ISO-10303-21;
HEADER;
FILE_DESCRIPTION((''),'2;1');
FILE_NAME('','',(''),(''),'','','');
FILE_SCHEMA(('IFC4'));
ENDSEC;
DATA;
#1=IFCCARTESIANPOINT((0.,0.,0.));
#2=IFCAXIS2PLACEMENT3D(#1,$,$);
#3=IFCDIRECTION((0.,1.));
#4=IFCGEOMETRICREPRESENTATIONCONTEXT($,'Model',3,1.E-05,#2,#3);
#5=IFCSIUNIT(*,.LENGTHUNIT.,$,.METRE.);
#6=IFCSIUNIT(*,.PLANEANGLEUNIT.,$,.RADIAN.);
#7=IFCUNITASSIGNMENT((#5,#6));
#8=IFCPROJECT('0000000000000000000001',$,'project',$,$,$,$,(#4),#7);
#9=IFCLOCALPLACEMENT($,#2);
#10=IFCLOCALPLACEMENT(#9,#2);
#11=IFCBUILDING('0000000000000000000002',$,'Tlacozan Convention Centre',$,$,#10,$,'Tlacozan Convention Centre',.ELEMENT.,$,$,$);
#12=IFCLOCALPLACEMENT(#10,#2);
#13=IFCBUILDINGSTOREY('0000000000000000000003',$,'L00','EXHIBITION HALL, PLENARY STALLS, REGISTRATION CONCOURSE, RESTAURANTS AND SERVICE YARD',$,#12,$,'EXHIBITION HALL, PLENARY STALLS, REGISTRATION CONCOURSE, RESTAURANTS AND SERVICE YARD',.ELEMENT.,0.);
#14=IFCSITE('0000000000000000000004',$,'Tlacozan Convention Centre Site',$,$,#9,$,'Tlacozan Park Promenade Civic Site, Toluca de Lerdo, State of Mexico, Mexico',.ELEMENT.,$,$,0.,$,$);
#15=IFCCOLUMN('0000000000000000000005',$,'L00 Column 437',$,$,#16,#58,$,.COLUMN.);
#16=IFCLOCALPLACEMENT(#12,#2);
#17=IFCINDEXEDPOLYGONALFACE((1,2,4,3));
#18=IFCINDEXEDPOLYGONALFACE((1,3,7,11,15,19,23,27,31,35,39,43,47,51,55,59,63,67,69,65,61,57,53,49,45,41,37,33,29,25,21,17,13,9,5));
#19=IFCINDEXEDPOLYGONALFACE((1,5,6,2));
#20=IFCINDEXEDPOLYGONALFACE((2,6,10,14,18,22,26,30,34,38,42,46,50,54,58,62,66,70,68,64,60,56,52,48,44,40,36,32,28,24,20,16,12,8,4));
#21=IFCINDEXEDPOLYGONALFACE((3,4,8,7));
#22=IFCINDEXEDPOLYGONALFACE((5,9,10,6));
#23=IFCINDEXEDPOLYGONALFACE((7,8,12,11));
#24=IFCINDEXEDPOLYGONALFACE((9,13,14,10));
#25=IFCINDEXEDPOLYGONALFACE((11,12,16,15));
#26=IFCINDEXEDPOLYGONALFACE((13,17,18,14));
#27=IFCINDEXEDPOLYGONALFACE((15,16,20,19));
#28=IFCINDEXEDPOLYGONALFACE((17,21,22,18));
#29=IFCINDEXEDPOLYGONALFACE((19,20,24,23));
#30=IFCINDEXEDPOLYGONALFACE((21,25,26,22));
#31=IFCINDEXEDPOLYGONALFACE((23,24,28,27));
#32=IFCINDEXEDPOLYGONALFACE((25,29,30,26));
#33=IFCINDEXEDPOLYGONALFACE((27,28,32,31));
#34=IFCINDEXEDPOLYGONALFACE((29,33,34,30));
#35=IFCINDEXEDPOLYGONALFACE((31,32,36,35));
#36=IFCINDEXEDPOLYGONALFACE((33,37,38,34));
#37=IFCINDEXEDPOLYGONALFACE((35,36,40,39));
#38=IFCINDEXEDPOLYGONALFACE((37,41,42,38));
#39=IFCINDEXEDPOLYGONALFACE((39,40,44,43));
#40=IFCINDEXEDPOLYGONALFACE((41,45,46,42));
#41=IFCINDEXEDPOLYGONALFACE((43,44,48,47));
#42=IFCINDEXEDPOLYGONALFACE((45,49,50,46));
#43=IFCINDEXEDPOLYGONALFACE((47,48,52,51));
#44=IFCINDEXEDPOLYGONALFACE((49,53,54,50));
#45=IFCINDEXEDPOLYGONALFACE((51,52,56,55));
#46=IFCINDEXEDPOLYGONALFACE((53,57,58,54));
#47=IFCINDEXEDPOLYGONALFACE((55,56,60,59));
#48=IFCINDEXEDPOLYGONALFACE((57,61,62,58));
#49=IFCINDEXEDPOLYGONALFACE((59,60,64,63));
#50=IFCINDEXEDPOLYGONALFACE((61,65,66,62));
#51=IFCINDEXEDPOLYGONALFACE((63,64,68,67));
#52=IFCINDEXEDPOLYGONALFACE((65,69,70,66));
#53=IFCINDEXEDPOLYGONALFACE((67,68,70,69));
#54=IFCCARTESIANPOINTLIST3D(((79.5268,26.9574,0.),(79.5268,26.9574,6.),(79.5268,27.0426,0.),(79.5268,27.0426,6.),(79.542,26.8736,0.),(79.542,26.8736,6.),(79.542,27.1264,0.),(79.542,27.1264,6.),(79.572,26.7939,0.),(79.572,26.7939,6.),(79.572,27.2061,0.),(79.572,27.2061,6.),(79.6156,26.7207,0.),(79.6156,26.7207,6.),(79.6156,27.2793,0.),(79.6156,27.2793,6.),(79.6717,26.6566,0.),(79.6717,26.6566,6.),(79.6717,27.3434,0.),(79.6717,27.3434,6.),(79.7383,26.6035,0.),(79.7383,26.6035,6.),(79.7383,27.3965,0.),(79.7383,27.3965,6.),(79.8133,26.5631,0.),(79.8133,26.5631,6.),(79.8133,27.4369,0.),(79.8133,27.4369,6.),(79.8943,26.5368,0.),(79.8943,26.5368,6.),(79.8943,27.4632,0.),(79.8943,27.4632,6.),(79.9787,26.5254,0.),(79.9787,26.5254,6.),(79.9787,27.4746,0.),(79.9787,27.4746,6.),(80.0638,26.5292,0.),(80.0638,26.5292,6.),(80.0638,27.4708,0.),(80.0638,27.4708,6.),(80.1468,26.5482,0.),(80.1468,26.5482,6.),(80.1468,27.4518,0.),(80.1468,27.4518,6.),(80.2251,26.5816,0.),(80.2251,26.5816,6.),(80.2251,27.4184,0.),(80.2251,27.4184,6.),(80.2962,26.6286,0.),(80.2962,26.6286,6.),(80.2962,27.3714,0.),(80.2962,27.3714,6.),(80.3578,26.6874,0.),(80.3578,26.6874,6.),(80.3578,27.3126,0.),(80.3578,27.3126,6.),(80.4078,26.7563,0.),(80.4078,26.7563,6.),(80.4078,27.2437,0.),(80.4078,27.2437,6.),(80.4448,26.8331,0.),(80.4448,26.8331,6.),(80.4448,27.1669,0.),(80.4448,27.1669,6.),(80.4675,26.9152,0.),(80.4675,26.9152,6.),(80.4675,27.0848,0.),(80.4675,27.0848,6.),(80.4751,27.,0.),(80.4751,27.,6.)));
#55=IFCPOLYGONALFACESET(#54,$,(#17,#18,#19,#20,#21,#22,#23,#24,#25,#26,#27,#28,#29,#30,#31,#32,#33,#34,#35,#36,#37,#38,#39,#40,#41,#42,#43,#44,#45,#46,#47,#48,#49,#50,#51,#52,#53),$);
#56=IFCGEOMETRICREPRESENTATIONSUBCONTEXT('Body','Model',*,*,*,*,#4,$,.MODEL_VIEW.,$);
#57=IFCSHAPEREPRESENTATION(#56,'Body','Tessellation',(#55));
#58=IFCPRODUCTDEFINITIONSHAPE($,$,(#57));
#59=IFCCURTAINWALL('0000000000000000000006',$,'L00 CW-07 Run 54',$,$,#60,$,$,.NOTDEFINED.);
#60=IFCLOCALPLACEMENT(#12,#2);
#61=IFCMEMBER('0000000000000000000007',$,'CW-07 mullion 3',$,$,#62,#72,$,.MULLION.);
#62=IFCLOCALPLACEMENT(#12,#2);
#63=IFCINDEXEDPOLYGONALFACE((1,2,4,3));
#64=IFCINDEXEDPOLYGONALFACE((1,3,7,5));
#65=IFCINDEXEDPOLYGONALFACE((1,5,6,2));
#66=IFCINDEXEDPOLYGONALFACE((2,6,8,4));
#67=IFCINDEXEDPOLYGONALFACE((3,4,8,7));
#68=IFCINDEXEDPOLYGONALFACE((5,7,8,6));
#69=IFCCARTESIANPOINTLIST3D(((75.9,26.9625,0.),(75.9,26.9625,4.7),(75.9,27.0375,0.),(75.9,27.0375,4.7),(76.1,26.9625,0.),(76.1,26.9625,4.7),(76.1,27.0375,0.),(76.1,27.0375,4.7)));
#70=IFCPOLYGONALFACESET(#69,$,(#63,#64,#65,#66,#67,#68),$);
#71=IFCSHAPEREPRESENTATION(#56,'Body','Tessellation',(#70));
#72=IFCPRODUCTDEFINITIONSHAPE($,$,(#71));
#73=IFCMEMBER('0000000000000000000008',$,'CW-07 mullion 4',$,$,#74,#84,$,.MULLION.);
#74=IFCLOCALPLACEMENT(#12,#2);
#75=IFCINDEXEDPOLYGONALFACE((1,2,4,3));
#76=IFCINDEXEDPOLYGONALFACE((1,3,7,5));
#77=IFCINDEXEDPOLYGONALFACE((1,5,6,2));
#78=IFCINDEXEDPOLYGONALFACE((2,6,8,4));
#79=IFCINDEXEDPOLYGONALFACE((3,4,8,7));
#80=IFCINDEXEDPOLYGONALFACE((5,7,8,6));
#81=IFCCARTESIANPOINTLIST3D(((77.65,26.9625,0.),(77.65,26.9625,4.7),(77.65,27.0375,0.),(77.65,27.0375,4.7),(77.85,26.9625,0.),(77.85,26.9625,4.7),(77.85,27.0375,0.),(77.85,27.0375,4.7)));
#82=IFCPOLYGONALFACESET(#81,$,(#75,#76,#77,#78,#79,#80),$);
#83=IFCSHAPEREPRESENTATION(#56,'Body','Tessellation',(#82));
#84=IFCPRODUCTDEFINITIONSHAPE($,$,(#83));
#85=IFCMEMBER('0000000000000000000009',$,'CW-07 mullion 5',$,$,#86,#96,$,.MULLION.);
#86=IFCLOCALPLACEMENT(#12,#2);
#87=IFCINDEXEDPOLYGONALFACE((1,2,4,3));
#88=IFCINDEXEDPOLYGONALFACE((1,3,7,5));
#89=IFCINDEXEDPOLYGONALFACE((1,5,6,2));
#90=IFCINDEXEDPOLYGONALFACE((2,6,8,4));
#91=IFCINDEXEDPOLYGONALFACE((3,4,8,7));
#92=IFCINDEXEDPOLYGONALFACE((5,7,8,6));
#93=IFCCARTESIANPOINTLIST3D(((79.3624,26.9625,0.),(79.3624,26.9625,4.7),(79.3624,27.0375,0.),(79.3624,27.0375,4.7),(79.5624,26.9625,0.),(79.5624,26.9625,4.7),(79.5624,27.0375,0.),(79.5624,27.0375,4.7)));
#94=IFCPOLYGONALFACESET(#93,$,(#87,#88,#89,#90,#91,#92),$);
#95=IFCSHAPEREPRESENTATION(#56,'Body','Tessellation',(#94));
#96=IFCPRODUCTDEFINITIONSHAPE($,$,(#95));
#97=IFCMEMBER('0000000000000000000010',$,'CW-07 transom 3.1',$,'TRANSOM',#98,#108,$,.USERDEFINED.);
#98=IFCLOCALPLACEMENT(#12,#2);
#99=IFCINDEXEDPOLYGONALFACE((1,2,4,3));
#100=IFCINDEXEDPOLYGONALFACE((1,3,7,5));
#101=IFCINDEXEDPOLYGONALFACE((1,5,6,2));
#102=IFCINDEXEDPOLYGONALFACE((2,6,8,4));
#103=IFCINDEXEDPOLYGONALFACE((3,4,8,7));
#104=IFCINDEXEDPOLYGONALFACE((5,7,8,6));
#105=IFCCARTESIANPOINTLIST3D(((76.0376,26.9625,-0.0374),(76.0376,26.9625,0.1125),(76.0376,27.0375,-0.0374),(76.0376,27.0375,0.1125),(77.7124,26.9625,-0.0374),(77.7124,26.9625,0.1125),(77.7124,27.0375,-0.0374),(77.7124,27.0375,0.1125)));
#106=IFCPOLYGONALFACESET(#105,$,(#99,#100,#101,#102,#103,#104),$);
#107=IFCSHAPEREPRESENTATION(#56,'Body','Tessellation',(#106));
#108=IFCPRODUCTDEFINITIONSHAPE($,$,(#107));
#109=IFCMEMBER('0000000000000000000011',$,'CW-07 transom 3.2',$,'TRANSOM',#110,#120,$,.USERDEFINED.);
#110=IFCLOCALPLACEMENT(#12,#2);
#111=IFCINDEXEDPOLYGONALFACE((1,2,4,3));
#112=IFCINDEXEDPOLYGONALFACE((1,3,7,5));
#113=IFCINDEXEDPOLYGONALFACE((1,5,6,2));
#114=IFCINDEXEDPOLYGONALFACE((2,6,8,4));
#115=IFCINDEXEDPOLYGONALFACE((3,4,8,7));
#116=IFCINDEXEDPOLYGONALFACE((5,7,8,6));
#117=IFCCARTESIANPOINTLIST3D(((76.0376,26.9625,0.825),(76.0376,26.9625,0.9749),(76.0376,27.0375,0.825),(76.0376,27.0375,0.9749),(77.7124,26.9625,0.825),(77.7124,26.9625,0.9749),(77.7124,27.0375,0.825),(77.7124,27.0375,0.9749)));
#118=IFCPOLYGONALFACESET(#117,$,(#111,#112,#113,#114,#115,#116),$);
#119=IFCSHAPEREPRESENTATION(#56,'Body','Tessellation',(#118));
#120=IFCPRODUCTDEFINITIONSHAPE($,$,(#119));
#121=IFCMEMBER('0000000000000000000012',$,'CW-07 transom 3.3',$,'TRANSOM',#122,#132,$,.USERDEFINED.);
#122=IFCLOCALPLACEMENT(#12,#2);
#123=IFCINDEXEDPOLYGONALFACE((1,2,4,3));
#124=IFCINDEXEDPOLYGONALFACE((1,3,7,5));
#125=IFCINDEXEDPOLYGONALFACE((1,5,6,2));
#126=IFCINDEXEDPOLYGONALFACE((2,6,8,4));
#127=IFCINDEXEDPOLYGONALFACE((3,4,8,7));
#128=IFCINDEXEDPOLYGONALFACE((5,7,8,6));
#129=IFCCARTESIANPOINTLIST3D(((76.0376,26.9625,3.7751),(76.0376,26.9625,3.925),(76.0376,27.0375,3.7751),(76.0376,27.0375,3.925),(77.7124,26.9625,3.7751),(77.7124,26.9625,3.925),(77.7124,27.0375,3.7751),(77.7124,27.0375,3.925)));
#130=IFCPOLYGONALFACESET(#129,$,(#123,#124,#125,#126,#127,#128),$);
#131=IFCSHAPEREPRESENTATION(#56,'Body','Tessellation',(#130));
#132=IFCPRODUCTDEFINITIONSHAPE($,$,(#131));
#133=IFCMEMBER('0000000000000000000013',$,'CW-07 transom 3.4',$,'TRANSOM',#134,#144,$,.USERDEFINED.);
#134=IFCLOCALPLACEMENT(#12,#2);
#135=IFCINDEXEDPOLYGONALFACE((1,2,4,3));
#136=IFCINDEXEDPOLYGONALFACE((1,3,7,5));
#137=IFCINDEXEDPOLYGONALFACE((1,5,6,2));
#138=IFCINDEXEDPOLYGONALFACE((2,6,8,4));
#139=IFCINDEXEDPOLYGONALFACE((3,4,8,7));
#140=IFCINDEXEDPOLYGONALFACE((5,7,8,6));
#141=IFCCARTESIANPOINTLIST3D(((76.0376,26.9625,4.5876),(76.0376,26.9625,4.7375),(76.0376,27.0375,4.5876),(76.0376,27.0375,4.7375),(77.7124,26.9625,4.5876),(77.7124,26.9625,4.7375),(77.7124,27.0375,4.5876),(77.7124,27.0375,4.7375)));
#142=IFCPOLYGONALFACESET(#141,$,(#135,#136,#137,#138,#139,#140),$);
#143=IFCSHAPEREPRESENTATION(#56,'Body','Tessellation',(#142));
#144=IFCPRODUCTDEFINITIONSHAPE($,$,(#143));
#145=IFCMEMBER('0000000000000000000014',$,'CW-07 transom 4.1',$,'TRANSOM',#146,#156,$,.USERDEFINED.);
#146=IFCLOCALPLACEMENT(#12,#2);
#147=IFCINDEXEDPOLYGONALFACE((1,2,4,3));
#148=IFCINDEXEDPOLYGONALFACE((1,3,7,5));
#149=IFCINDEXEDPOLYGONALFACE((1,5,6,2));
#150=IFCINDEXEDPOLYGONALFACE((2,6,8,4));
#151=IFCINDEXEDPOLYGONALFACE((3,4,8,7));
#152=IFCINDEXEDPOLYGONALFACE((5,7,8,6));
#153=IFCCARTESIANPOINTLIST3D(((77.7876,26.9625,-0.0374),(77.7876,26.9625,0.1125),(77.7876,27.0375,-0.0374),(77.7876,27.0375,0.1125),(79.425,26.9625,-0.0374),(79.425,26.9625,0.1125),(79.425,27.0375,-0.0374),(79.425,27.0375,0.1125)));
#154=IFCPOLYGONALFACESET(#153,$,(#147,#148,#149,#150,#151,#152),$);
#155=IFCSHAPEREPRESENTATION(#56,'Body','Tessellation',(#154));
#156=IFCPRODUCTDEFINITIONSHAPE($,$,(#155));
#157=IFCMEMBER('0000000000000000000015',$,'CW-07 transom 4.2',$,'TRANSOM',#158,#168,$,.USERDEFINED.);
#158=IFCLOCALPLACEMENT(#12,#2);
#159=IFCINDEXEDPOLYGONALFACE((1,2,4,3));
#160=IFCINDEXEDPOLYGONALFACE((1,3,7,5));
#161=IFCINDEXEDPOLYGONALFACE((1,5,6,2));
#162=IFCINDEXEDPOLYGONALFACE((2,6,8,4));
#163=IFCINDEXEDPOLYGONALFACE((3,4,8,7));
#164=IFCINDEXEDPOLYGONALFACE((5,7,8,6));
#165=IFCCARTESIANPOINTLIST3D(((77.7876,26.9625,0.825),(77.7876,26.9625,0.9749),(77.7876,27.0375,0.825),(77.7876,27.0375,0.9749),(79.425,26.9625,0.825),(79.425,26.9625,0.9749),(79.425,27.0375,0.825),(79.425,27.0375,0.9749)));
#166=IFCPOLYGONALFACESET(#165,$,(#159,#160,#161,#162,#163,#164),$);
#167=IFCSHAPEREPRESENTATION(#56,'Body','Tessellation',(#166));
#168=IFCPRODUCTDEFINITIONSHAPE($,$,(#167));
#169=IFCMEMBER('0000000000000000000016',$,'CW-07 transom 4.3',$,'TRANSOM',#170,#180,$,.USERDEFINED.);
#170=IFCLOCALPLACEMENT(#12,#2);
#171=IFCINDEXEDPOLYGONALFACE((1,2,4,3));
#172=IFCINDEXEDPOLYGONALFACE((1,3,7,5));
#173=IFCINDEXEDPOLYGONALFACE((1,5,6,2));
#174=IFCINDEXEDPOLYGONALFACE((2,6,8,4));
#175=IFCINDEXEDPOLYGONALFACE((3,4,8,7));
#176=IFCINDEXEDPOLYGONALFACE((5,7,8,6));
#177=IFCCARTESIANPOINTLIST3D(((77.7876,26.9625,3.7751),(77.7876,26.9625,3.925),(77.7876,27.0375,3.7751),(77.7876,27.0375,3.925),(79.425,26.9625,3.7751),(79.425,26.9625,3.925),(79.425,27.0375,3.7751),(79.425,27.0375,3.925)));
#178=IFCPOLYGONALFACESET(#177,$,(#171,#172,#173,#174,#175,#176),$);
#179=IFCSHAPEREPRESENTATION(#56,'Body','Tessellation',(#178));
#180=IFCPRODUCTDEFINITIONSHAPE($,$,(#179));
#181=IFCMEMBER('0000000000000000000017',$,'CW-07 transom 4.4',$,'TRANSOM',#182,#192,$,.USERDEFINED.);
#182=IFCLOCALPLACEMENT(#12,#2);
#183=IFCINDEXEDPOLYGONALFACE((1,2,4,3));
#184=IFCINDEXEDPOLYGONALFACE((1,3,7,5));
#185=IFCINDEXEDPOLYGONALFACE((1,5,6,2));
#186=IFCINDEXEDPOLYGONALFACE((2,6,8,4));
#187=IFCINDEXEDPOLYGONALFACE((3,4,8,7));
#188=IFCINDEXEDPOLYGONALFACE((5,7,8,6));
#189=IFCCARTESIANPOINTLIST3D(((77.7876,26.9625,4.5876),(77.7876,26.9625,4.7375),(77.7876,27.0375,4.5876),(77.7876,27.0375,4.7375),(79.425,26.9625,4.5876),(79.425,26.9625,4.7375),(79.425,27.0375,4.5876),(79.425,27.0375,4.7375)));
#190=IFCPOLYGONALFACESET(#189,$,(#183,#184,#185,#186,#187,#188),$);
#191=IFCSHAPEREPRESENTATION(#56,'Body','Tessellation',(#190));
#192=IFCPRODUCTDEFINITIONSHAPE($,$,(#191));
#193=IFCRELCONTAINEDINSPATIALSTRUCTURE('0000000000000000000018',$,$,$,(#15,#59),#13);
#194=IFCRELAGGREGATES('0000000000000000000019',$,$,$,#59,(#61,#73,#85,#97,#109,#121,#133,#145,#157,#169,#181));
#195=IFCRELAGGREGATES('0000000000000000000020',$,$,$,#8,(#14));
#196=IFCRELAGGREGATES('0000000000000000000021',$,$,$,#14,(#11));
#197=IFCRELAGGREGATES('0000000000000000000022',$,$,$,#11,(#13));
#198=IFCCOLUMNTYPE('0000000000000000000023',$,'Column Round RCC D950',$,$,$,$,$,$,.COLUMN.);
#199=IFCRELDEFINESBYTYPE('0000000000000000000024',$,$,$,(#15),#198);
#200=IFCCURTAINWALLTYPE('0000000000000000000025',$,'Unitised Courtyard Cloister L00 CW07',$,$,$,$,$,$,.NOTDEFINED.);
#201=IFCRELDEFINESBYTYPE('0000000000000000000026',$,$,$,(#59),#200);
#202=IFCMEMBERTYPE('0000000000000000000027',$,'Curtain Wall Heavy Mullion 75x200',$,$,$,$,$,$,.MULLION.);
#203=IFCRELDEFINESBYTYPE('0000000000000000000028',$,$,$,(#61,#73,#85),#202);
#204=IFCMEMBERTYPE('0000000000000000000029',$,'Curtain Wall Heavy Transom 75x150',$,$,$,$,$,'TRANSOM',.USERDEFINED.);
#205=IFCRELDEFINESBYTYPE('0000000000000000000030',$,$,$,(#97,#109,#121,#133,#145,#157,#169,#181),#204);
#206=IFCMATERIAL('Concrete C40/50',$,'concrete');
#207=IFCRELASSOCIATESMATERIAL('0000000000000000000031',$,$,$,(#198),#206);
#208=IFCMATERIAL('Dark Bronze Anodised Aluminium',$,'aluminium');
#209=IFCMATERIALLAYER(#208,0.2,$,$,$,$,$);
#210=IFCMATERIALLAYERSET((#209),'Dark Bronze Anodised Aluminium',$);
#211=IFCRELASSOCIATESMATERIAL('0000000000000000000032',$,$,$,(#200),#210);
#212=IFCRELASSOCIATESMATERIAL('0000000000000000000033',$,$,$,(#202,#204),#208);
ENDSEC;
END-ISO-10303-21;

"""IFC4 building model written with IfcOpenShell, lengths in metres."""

from ifc_helpers import new_model, si_unit, direction, frame, origin, origin_2d, place, context, subcontext, project, spatial, rectangle, circle, extrude, material, layer, layer_set, material_profile, profile_set, type_object, element, aggregate, save


model = new_model("IFC4")

# Units and contexts
model_context = context("Model", 3, precision=1e-05, world=origin(), true_north=direction((0.0, 1.0)))
body_context = subcontext(model_context, "Body", "Model", "MODEL_VIEW")
ifc_project = project(units=[si_unit("LENGTHUNIT", "METRE"), si_unit("PLANEANGLEUNIT", "RADIAN")], contexts=[model_context])

# Site, building, storey
site_placement = place(None, origin())
site = spatial("IfcSite", under=ifc_project, at=site_placement, Name="Tlacozan Convention Centre Site", LongName="Tlacozan Park Promenade Civic Site, Toluca de Lerdo, State of Mexico, Mexico", CompositionType="ELEMENT", RefElevation=0.0)
building_placement = place(site_placement, origin())
building = spatial("IfcBuilding", under=site, at=building_placement, Name="Tlacozan Convention Centre", LongName="Tlacozan Convention Centre", CompositionType="ELEMENT")
storey_placement = place(building_placement, origin())
storey = spatial("IfcBuildingStorey", under=building, at=storey_placement, Name="L00", Description="EXHIBITION HALL, PLENARY STALLS, REGISTRATION CONCOURSE, RESTAURANTS AND SERVICE YARD", LongName="EXHIBITION HALL, PLENARY STALLS, REGISTRATION CONCOURSE, RESTAURANTS AND SERVICE YARD", CompositionType="ELEMENT", Elevation=0.0)

# Column
ifc_material_1 = material(Name="Concrete C40/50", Category="concrete")
ifc_material_profile_1 = material_profile(ifc_material_1, circle(Radius=0.4751, at=origin_2d()), Name="RCC D950")
ifc_profile_set_1 = profile_set([ifc_material_profile_1], Name="Concrete C40/50")
column_type = type_object("IfcColumnType", Name="Column Round RCC D950", PredefinedType="COLUMN", material=ifc_profile_set_1)
column_placement = place(storey_placement, frame((80.0, 27.0, 0.0), z_axis=(0.0, 0.0, 1.0), x_axis=(1.0, 0.0, 0.0)))
element("IfcColumn", 1, at=column_placement, inside=storey, type_object=column_type, Name="L00 Column 437", PredefinedType="COLUMN", context=body_context, shape_type="SweptSolid", body=[
    extrude(circle(Radius=0.4751, at=origin_2d()), origin(), (0.0, 0.0, 1.0), 6.0),
])

# Curtain wall, members
ifc_material_2 = material(Name="Dark Bronze Anodised Aluminium", Category="aluminium")
ifc_layer_1 = layer(ifc_material_2, 0.2)
ifc_layer_set_1 = layer_set([ifc_layer_1], Name="Dark Bronze Anodised Aluminium")
curtain_wall_type = type_object("IfcCurtainWallType", Name="Unitised Courtyard Cloister L00 CW07", PredefinedType="NOTDEFINED", material=ifc_layer_set_1)
curtain_wall_placement = place(storey_placement, origin())
curtain_wall = element("IfcCurtainWall", 2, at=curtain_wall_placement, inside=storey, type_object=curtain_wall_type, Name="L00 CW-07 Run 54", PredefinedType="NOTDEFINED")
ifc_material_profile_2 = material_profile(ifc_material_2, rectangle(XDim=0.075, YDim=0.2, at=origin_2d()), Name="ALU 75x200")
ifc_profile_set_2 = profile_set([ifc_material_profile_2], Name="Dark Bronze Anodised Aluminium")
member_type_1 = type_object("IfcMemberType", Name="Curtain Wall Heavy Mullion 75x200", PredefinedType="MULLION", material=ifc_profile_set_2)
member_1_placement = place(storey_placement, frame((76.0, 27.0, 0.0), z_axis=(0.0, 0.0, 1.0), x_axis=(0.0, 1.0, 0.0)))
member_1 = element("IfcMember", 3, at=member_1_placement, type_object=member_type_1, Name="CW-07 mullion 3", PredefinedType="MULLION", context=body_context, shape_type="SweptSolid", body=[
    extrude(rectangle(XDim=0.075, YDim=0.2, at=origin_2d()), origin(), (0.0, 0.0, 1.0), 4.7),
])
member_2_placement = place(storey_placement, frame((77.75, 27.0, 0.0), z_axis=(0.0, 0.0, 1.0), x_axis=(0.0, 1.0, 0.0)))
member_2 = element("IfcMember", 4, at=member_2_placement, type_object=member_type_1, Name="CW-07 mullion 4", PredefinedType="MULLION", context=body_context, shape_type="SweptSolid", body=[
    extrude(rectangle(XDim=0.075, YDim=0.2, at=origin_2d()), origin(), (0.0, 0.0, 1.0), 4.7),
])
member_3_placement = place(storey_placement, frame((79.4624, 27.0, 0.0), z_axis=(0.0, 0.0, 1.0), x_axis=(0.0, 1.0, 0.0)))
member_3 = element("IfcMember", 5, at=member_3_placement, type_object=member_type_1, Name="CW-07 mullion 5", PredefinedType="MULLION", context=body_context, shape_type="SweptSolid", body=[
    extrude(rectangle(XDim=0.075, YDim=0.2, at=origin_2d()), origin(), (0.0, 0.0, 1.0), 4.7),
])
ifc_material_profile_3 = material_profile(ifc_material_2, rectangle(XDim=0.075, YDim=0.1499, at=origin_2d()), Name="ALU 75x150")
ifc_profile_set_3 = profile_set([ifc_material_profile_3], Name="Dark Bronze Anodised Aluminium")
member_type_2 = type_object("IfcMemberType", Name="Curtain Wall Heavy Transom 75x150", ElementType="TRANSOM", PredefinedType="USERDEFINED", material=ifc_profile_set_3)
member_4_placement = place(storey_placement, frame((76.0376, 27.0, 0.0376), z_axis=(1.0, 0.0, 0.0), x_axis=(0.0, 1.0, 0.0)))
member_4 = element("IfcMember", 6, at=member_4_placement, type_object=member_type_2, Name="CW-07 transom 3.1", ObjectType="TRANSOM", PredefinedType="USERDEFINED", context=body_context, shape_type="SweptSolid", body=[
    extrude(rectangle(XDim=0.075, YDim=0.1499, at=origin_2d()), origin(), (0.0, 0.0, 1.0), 1.6748),
])
member_5_placement = place(storey_placement, frame((76.0376, 27.0, 0.8999), z_axis=(1.0, 0.0, 0.0), x_axis=(0.0, 1.0, 0.0)))
member_5 = element("IfcMember", 7, at=member_5_placement, type_object=member_type_2, Name="CW-07 transom 3.2", ObjectType="TRANSOM", PredefinedType="USERDEFINED", context=body_context, shape_type="SweptSolid", body=[
    extrude(rectangle(XDim=0.075, YDim=0.1499, at=origin_2d()), origin(), (0.0, 0.0, 1.0), 1.6748),
])
member_6_placement = place(storey_placement, frame((76.0376, 27.0, 3.8501), z_axis=(1.0, 0.0, 0.0), x_axis=(0.0, 1.0, 0.0)))
member_6 = element("IfcMember", 8, at=member_6_placement, type_object=member_type_2, Name="CW-07 transom 3.3", ObjectType="TRANSOM", PredefinedType="USERDEFINED", context=body_context, shape_type="SweptSolid", body=[
    extrude(rectangle(XDim=0.075, YDim=0.1499, at=origin_2d()), origin(), (0.0, 0.0, 1.0), 1.6748),
])
member_7_placement = place(storey_placement, frame((76.0376, 27.0, 4.6626), z_axis=(1.0, 0.0, 0.0), x_axis=(0.0, 1.0, 0.0)))
member_7 = element("IfcMember", 9, at=member_7_placement, type_object=member_type_2, Name="CW-07 transom 3.4", ObjectType="TRANSOM", PredefinedType="USERDEFINED", context=body_context, shape_type="SweptSolid", body=[
    extrude(rectangle(XDim=0.075, YDim=0.1499, at=origin_2d()), origin(), (0.0, 0.0, 1.0), 1.6748),
])
member_8_placement = place(storey_placement, frame((77.7876, 27.0, 0.0376), z_axis=(1.0, 0.0, 0.0), x_axis=(0.0, 1.0, 0.0)))
member_8 = element("IfcMember", 10, at=member_8_placement, type_object=member_type_2, Name="CW-07 transom 4.1", ObjectType="TRANSOM", PredefinedType="USERDEFINED", context=body_context, shape_type="SweptSolid", body=[
    extrude(rectangle(XDim=0.075, YDim=0.1499, at=origin_2d()), origin(), (0.0, 0.0, 1.0), 1.6375),
])
member_9_placement = place(storey_placement, frame((77.7876, 27.0, 0.8999), z_axis=(1.0, 0.0, 0.0), x_axis=(0.0, 1.0, 0.0)))
member_9 = element("IfcMember", 11, at=member_9_placement, type_object=member_type_2, Name="CW-07 transom 4.2", ObjectType="TRANSOM", PredefinedType="USERDEFINED", context=body_context, shape_type="SweptSolid", body=[
    extrude(rectangle(XDim=0.075, YDim=0.1499, at=origin_2d()), origin(), (0.0, 0.0, 1.0), 1.6375),
])
member_10_placement = place(storey_placement, frame((77.7876, 27.0, 3.8501), z_axis=(1.0, 0.0, 0.0), x_axis=(0.0, 1.0, 0.0)))
member_10 = element("IfcMember", 12, at=member_10_placement, type_object=member_type_2, Name="CW-07 transom 4.3", ObjectType="TRANSOM", PredefinedType="USERDEFINED", context=body_context, shape_type="SweptSolid", body=[
    extrude(rectangle(XDim=0.075, YDim=0.1499, at=origin_2d()), origin(), (0.0, 0.0, 1.0), 1.6375),
])
member_11_placement = place(storey_placement, frame((77.7876, 27.0, 4.6626), z_axis=(1.0, 0.0, 0.0), x_axis=(0.0, 1.0, 0.0)))
member_11 = element("IfcMember", 13, at=member_11_placement, type_object=member_type_2, Name="CW-07 transom 4.4", ObjectType="TRANSOM", PredefinedType="USERDEFINED", context=body_context, shape_type="SweptSolid", body=[
    extrude(rectangle(XDim=0.075, YDim=0.1499, at=origin_2d()), origin(), (0.0, 0.0, 1.0), 1.6375),
])

aggregate(curtain_wall, [member_1, member_2, member_3, member_4, member_5, member_6, member_7, member_8, member_9, member_10, member_11])

save(model, "model.ifc")
